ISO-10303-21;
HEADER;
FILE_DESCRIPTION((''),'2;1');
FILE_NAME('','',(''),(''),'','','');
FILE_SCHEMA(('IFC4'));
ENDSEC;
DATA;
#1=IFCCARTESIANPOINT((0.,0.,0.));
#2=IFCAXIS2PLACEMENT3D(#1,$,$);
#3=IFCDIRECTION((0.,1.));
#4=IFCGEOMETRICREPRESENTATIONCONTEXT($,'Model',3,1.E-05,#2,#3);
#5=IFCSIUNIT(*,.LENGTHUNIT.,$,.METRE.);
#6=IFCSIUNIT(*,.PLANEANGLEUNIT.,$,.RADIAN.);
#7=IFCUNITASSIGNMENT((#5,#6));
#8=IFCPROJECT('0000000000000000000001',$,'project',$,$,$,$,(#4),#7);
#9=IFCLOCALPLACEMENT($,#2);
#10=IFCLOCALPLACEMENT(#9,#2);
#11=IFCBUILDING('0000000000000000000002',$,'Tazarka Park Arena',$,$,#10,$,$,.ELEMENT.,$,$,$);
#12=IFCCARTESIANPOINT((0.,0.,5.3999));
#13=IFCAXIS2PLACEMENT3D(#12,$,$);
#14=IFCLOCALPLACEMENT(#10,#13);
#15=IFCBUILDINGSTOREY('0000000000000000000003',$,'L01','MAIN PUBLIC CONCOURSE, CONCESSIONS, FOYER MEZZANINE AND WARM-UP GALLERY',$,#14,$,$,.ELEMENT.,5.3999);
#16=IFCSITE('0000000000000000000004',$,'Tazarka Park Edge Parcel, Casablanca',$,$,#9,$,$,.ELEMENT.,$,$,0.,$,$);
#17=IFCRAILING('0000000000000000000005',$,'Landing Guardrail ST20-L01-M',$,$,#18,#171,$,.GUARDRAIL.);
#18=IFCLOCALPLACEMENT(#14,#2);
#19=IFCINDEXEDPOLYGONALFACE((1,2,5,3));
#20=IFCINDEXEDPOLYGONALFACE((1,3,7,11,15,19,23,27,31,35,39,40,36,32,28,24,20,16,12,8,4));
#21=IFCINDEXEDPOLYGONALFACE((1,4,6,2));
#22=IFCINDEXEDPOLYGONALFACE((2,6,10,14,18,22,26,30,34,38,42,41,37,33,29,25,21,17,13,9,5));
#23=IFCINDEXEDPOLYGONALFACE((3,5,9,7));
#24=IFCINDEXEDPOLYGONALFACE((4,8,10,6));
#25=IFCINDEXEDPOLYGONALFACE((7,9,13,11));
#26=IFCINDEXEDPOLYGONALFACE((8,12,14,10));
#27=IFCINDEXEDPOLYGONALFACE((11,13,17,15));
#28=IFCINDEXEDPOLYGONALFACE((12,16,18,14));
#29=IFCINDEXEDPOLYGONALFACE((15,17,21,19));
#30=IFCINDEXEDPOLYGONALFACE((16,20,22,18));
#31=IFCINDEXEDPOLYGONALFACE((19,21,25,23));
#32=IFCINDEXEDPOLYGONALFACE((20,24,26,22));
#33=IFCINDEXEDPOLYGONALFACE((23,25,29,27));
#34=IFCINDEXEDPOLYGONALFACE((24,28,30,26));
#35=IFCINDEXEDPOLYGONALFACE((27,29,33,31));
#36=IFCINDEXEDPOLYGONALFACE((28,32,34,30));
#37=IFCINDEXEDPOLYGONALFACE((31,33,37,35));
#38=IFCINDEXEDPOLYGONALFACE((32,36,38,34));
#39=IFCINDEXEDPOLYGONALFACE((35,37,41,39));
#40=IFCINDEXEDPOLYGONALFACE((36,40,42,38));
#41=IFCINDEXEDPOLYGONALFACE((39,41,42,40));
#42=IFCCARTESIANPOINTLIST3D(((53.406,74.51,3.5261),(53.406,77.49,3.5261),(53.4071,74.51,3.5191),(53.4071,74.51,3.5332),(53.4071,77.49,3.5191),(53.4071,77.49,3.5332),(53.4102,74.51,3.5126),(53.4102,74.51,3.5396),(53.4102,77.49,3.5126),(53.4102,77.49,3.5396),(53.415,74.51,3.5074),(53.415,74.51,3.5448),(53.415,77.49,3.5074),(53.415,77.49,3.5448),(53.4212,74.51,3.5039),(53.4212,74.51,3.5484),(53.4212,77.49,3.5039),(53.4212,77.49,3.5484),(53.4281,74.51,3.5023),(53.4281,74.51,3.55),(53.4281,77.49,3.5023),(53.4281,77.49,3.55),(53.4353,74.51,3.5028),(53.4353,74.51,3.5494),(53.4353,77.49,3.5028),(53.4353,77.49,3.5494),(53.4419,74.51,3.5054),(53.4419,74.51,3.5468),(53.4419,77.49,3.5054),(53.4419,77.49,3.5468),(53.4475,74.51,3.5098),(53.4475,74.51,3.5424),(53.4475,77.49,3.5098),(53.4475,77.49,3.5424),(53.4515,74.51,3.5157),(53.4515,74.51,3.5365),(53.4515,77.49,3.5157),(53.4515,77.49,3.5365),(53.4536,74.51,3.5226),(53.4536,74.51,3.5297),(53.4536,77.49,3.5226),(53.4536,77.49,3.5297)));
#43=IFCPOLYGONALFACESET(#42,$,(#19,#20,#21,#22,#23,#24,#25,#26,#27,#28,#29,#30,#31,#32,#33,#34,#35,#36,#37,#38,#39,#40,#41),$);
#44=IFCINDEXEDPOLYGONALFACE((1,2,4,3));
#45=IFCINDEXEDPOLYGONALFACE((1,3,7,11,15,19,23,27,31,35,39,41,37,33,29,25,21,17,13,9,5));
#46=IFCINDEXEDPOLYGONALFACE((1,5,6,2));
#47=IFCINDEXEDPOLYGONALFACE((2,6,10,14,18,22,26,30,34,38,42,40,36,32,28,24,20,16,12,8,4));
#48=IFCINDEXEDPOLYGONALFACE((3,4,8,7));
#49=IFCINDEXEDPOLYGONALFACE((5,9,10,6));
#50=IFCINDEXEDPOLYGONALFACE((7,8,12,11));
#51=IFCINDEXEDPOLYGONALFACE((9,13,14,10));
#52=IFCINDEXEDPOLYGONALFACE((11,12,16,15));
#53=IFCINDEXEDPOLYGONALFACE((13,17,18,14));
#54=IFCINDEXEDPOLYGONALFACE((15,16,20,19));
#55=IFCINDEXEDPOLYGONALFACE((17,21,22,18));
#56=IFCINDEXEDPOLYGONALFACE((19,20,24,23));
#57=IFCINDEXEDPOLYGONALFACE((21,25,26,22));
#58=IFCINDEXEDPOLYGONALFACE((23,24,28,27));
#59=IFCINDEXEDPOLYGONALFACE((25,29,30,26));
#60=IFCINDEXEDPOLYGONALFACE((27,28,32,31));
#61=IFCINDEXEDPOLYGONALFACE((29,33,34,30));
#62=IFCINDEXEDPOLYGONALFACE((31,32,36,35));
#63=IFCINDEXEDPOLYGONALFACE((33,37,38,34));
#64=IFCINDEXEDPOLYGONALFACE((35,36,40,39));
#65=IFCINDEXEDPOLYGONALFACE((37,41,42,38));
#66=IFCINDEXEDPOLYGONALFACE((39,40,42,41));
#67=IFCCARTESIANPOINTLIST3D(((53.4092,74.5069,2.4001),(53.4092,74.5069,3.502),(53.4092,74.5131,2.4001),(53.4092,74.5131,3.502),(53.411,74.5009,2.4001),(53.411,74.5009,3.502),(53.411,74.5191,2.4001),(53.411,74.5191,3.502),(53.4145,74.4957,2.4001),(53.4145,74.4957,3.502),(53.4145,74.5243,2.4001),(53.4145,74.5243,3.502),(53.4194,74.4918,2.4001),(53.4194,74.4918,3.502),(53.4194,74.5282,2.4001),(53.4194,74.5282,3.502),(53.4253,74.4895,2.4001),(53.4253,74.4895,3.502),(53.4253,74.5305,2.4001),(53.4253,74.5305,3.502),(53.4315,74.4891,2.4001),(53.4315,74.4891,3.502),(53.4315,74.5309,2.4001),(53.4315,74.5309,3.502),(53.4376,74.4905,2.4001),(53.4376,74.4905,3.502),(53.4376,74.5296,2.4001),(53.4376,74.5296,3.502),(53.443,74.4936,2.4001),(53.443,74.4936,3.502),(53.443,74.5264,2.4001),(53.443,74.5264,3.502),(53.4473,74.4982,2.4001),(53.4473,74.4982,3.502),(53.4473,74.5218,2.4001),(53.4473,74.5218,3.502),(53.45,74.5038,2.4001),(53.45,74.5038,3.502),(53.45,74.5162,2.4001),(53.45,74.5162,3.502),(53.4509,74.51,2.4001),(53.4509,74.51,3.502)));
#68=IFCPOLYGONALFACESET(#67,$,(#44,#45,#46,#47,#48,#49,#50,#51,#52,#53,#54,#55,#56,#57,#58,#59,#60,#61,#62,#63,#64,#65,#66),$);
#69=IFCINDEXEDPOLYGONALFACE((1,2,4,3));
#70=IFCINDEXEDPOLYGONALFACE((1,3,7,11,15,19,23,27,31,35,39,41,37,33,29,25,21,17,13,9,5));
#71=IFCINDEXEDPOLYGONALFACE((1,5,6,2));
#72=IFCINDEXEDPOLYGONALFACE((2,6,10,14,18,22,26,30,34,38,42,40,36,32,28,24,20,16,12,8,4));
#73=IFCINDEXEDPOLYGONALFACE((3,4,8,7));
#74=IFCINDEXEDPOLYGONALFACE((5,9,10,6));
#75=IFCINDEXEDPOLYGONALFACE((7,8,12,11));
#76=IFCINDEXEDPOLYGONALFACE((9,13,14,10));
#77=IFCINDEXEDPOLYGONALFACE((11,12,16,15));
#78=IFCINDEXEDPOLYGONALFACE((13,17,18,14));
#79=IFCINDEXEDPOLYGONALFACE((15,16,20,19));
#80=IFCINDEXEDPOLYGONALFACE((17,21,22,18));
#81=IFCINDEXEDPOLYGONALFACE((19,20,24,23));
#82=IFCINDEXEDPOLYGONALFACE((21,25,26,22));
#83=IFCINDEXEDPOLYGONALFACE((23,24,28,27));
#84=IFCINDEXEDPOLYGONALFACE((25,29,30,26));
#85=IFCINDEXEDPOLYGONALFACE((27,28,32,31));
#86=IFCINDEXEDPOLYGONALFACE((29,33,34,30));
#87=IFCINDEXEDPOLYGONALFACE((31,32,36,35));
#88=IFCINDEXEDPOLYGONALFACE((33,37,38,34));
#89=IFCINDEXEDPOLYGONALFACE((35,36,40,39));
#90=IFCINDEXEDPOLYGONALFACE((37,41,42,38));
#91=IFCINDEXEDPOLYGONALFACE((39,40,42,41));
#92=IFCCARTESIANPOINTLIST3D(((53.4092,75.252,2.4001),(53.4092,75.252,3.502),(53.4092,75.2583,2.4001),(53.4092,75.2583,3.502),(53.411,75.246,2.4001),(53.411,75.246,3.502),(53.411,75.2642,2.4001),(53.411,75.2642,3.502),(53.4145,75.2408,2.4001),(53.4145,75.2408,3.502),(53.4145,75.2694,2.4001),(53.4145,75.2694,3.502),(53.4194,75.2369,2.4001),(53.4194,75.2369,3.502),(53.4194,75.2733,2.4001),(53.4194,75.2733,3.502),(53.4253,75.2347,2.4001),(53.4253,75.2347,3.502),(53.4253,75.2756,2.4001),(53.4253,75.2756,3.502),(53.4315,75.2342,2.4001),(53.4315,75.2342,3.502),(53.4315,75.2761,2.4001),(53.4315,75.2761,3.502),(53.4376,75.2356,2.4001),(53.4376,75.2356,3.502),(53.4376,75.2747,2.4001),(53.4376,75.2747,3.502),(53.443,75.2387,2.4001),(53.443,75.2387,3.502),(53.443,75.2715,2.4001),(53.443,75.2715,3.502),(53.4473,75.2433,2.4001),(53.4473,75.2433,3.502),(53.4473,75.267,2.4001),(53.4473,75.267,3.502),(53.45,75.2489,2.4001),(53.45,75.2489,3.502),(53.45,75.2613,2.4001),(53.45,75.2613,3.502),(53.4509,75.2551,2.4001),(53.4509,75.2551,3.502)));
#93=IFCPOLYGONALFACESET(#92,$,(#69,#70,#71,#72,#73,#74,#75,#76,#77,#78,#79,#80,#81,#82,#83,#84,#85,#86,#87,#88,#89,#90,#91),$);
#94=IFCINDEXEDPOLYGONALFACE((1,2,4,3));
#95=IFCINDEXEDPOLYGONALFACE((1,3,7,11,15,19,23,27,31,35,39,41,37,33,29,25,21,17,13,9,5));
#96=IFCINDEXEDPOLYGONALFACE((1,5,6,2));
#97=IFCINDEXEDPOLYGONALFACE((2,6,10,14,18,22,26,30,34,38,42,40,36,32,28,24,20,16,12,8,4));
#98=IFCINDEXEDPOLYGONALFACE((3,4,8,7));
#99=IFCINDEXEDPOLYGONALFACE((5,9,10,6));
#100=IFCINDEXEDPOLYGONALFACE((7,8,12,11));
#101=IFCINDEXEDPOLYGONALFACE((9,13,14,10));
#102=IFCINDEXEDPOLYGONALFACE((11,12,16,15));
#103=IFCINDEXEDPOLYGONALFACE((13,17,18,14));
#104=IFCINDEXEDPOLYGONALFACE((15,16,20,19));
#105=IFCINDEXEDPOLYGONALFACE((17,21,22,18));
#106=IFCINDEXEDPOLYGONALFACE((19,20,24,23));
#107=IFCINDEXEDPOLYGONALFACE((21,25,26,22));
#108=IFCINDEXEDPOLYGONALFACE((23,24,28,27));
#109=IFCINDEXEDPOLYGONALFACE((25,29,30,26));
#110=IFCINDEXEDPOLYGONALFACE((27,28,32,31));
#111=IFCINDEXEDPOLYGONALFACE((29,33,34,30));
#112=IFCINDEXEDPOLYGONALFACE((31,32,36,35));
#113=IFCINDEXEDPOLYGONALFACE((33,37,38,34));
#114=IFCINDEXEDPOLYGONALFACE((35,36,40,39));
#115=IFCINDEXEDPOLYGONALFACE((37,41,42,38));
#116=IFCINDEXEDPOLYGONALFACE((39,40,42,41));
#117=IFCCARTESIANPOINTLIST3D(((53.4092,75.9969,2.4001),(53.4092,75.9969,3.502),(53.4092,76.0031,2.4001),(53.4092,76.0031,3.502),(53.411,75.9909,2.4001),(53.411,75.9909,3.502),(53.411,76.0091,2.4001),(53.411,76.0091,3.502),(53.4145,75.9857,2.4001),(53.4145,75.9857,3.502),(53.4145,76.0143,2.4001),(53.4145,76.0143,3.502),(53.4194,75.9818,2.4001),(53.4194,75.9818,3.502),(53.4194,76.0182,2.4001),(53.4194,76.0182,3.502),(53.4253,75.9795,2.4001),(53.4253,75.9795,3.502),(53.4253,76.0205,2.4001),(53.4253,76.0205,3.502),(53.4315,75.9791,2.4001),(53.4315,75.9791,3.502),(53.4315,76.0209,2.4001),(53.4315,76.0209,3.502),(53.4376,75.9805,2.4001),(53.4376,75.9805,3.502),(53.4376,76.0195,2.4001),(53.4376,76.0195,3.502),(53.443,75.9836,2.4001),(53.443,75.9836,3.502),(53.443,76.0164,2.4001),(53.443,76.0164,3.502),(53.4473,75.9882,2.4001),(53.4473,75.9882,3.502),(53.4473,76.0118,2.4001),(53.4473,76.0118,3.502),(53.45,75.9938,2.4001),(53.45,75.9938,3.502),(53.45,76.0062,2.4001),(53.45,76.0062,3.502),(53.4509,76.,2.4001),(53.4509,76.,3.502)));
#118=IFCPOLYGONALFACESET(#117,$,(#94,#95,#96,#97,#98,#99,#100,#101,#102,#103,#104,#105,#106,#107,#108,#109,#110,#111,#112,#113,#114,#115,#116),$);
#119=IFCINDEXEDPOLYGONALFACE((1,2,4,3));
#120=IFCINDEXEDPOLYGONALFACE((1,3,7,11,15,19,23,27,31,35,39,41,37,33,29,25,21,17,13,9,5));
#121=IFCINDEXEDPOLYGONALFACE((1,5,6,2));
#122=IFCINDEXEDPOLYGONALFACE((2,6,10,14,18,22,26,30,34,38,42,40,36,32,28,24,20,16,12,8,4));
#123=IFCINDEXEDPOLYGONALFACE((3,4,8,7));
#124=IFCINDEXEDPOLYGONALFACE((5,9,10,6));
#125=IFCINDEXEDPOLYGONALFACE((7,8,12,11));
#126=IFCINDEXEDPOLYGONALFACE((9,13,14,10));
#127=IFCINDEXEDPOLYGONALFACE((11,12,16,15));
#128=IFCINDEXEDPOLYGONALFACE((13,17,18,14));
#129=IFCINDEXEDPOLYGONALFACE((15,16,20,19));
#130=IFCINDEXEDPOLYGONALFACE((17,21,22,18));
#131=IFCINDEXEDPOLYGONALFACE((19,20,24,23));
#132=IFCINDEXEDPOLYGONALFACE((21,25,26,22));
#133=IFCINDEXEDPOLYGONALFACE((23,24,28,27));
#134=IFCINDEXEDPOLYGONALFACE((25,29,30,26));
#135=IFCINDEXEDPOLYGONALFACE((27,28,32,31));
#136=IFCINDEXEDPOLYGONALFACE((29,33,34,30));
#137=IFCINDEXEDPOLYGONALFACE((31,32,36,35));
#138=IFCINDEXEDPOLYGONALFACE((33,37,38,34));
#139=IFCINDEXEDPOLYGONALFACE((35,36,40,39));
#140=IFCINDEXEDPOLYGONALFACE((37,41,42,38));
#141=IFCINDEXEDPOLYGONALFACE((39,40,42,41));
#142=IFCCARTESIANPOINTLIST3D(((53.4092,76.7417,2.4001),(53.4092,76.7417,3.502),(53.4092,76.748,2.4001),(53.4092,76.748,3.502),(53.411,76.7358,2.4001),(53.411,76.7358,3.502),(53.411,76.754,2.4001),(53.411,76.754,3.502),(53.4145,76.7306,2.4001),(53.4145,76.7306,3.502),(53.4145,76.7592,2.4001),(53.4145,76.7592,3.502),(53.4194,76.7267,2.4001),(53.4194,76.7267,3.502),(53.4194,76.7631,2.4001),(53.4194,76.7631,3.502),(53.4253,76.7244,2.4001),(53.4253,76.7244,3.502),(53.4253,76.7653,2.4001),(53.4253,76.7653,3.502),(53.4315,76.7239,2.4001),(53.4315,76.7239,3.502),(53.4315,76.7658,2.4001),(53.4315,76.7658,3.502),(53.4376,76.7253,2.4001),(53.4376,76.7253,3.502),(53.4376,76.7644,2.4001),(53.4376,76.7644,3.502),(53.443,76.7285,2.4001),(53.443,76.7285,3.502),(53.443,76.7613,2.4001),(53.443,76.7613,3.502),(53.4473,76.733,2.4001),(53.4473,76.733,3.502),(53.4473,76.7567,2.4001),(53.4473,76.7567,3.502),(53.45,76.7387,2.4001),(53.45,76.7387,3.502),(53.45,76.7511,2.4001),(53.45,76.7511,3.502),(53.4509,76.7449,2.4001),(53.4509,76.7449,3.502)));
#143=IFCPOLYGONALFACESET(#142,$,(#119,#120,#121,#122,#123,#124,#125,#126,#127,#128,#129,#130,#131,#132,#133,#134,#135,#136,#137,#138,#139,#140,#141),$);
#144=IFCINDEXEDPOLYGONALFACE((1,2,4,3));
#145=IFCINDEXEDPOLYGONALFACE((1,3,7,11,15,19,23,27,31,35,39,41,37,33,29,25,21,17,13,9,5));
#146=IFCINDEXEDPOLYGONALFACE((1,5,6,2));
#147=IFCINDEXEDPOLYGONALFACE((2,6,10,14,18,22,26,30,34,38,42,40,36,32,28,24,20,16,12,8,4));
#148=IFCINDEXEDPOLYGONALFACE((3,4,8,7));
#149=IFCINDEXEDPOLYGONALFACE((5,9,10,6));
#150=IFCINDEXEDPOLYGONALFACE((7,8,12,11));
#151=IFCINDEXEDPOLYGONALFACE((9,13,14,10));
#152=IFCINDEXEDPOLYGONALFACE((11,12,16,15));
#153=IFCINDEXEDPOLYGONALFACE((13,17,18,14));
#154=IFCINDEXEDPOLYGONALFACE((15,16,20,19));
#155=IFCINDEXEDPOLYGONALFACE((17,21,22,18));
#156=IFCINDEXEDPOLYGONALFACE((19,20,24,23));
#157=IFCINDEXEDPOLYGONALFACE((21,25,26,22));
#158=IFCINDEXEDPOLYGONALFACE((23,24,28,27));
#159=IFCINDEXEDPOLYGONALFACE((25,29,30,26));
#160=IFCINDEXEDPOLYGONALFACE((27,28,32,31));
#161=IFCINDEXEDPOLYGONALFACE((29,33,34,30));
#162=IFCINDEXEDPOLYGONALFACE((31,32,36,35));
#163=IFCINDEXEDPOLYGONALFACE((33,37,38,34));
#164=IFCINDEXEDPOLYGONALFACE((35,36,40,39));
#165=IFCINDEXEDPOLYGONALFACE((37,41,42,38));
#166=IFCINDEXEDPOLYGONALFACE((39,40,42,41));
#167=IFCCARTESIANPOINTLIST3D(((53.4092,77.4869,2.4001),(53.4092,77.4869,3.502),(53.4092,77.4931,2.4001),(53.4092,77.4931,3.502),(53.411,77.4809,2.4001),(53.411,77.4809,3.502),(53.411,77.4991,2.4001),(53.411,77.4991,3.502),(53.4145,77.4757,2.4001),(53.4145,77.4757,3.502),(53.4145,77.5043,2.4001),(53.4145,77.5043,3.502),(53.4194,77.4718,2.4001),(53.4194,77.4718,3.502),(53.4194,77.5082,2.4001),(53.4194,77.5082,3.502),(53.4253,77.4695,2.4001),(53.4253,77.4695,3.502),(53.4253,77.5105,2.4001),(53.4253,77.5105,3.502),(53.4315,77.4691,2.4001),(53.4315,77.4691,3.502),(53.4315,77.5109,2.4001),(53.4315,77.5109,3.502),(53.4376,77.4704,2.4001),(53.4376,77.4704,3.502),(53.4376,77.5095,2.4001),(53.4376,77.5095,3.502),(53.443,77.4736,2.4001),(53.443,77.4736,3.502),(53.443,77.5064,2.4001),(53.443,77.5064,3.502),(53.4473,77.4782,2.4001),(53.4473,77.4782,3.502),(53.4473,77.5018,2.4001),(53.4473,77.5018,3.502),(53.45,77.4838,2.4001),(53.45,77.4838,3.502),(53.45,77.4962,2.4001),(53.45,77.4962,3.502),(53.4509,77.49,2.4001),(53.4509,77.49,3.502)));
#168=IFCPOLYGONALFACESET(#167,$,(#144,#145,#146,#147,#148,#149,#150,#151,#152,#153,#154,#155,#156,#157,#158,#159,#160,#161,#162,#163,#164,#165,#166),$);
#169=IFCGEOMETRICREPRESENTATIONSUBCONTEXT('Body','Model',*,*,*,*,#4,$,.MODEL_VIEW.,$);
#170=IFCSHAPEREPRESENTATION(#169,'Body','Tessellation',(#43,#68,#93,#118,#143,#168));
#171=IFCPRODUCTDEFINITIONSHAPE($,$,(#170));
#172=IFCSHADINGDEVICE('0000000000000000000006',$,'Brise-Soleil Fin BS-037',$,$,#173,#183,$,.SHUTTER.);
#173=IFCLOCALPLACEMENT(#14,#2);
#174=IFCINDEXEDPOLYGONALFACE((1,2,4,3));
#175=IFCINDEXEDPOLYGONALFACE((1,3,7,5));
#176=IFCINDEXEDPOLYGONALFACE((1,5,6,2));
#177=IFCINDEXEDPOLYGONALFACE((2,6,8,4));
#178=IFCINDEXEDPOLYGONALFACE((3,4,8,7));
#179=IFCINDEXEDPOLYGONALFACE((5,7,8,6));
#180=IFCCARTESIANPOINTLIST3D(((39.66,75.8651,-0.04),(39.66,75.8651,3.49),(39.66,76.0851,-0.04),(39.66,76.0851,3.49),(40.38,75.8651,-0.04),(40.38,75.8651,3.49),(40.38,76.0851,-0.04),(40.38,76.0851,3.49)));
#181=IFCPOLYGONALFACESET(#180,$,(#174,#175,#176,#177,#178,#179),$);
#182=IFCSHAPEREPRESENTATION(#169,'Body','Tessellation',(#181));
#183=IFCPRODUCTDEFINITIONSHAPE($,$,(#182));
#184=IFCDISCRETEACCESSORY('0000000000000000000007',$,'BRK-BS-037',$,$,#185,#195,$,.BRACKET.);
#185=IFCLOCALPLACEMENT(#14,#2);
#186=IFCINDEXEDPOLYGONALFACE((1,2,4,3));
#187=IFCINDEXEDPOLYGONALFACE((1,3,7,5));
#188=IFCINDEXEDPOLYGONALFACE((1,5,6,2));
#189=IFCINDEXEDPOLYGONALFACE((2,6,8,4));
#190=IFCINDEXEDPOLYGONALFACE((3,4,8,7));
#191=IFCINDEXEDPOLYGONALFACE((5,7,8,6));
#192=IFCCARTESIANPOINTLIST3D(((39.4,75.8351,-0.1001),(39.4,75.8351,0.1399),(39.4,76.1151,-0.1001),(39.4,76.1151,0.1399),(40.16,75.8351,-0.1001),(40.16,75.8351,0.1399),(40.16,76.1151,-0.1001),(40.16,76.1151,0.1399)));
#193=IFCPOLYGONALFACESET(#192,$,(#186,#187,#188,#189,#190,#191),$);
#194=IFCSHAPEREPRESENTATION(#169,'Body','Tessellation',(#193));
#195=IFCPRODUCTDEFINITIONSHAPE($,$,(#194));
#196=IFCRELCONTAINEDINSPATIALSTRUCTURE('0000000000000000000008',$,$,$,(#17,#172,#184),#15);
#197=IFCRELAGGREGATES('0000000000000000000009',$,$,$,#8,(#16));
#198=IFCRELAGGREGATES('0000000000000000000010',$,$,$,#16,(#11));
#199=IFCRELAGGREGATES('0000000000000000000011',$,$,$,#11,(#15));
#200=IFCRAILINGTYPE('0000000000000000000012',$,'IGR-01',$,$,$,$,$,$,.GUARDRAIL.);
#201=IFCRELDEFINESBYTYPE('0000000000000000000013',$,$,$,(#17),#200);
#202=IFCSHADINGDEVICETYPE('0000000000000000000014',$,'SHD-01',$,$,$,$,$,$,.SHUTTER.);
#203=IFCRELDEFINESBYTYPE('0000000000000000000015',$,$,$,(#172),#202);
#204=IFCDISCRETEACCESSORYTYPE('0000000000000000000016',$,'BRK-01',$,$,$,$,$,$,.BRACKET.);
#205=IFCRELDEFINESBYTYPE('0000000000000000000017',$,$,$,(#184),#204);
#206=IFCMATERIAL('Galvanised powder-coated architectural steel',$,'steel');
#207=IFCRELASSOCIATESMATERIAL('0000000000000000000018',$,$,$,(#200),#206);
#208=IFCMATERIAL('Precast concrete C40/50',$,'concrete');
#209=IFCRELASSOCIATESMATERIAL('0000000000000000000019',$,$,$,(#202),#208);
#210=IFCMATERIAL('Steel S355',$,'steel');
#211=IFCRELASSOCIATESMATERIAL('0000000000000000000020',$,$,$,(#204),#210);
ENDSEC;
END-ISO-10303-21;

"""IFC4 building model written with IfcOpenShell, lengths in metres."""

from ifc_helpers import new_model, si_unit, direction, frame, origin, origin_2d, place, context, subcontext, project, spatial, rectangle, circle, extrude, material, type_object, element, save


model = new_model("IFC4")

# Units and contexts
model_context = context("Model", 3, precision=1e-05, world=origin(), true_north=direction((0.0, 1.0)))
body_context = subcontext(model_context, "Body", "Model", "MODEL_VIEW")
ifc_project = project(units=[si_unit("LENGTHUNIT", "METRE"), si_unit("PLANEANGLEUNIT", "RADIAN")], contexts=[model_context])

# Site, building, storey
site_placement = place(None, origin())
site = spatial("IfcSite", under=ifc_project, at=site_placement, Name="Tazarka Park Edge Parcel, Casablanca", CompositionType="ELEMENT", RefElevation=0.0)
building_placement = place(site_placement, origin())
building = spatial("IfcBuilding", under=site, at=building_placement, Name="Tazarka Park Arena", CompositionType="ELEMENT")
storey_placement = place(building_placement, frame((0.0, 0.0, 5.3999)))
storey = spatial("IfcBuildingStorey", under=building, at=storey_placement, Name="L01", Description="MAIN PUBLIC CONCOURSE, CONCESSIONS, FOYER MEZZANINE AND WARM-UP GALLERY", CompositionType="ELEMENT", Elevation=5.3999)

# Railing
ifc_material_1 = material(Name="Galvanised powder-coated architectural steel", Category="steel")
railing_type_1 = type_object("IfcRailingType", Name="IGR-01", PredefinedType="GUARDRAIL", material=ifc_material_1)
for number, where, name in (
    (1, (53.4299, 74.51, 2.4001), "Landing Guardrail ST20-L01-M"),
):
    element("IfcRailing", number, at=place(storey_placement, frame(where)), inside=storey, type_object=railing_type_1, Name=name, PredefinedType="GUARDRAIL", context=body_context, shape_type="SweptSolid", body=[
        extrude(circle(Radius=0.0239, at=origin_2d()), frame((0.0, 0.0, 1.126), z_axis=(0.0, 1.0, 0.0), x_axis=(-1.0, 0.0, 0.0)), (0.0, 0.0, 1.0), 2.98),
        extrude(circle(Radius=0.021, at=origin_2d()), origin(), (0.0, 0.0, 1.0), 1.1018),
        extrude(circle(Radius=0.021, at=origin_2d()), frame((0.0, 0.7451, 0.0)), (0.0, 0.0, 1.0), 1.1018),
        extrude(circle(Radius=0.021, at=origin_2d()), frame((0.0, 1.49, 0.0)), (0.0, 0.0, 1.0), 1.1018),
        extrude(circle(Radius=0.021, at=origin_2d()), frame((0.0, 2.2349, 0.0)), (0.0, 0.0, 1.0), 1.1018),
        extrude(circle(Radius=0.021, at=origin_2d()), frame((0.0, 2.98, 0.0)), (0.0, 0.0, 1.0), 1.1018),
    ])

# Shading device
ifc_material_2 = material(Name="Precast concrete C40/50", Category="concrete")
shading_device_type = type_object("IfcShadingDeviceType", Name="SHD-01", PredefinedType="SHUTTER", material=ifc_material_2)
shading_device_placement = place(storey_placement, frame((40.02, 75.9751, -0.04), z_axis=(0.0, 0.0, 1.0), x_axis=(0.0, -1.0, 0.0)))
element("IfcShadingDevice", 2, at=shading_device_placement, inside=storey, type_object=shading_device_type, Name="Brise-Soleil Fin BS-037", PredefinedType="SHUTTER", context=body_context, shape_type="SweptSolid", body=[
    extrude(rectangle(XDim=0.22, YDim=0.72, at=origin_2d()), origin(), (0.0, 0.0, 1.0), 3.53),
])

# Discrete accessory
ifc_material_3 = material(Name="Steel S355", Category="steel")
discrete_accessory_type = type_object("IfcDiscreteAccessoryType", Name="BRK-01", PredefinedType="BRACKET", material=ifc_material_3)
discrete_accessory_placement = place(storey_placement, frame((39.78, 75.9751, -0.1001), z_axis=(0.0, 0.0, 1.0), x_axis=(0.0, -1.0, 0.0)))
element("IfcDiscreteAccessory", 3, at=discrete_accessory_placement, inside=storey, type_object=discrete_accessory_type, Name="BRK-BS-037", PredefinedType="BRACKET", context=body_context, shape_type="SweptSolid", body=[
    extrude(rectangle(XDim=0.28, YDim=0.76, at=origin_2d()), origin(), (0.0, 0.0, 1.0), 0.24),
])

save(model, "model.ifc")
